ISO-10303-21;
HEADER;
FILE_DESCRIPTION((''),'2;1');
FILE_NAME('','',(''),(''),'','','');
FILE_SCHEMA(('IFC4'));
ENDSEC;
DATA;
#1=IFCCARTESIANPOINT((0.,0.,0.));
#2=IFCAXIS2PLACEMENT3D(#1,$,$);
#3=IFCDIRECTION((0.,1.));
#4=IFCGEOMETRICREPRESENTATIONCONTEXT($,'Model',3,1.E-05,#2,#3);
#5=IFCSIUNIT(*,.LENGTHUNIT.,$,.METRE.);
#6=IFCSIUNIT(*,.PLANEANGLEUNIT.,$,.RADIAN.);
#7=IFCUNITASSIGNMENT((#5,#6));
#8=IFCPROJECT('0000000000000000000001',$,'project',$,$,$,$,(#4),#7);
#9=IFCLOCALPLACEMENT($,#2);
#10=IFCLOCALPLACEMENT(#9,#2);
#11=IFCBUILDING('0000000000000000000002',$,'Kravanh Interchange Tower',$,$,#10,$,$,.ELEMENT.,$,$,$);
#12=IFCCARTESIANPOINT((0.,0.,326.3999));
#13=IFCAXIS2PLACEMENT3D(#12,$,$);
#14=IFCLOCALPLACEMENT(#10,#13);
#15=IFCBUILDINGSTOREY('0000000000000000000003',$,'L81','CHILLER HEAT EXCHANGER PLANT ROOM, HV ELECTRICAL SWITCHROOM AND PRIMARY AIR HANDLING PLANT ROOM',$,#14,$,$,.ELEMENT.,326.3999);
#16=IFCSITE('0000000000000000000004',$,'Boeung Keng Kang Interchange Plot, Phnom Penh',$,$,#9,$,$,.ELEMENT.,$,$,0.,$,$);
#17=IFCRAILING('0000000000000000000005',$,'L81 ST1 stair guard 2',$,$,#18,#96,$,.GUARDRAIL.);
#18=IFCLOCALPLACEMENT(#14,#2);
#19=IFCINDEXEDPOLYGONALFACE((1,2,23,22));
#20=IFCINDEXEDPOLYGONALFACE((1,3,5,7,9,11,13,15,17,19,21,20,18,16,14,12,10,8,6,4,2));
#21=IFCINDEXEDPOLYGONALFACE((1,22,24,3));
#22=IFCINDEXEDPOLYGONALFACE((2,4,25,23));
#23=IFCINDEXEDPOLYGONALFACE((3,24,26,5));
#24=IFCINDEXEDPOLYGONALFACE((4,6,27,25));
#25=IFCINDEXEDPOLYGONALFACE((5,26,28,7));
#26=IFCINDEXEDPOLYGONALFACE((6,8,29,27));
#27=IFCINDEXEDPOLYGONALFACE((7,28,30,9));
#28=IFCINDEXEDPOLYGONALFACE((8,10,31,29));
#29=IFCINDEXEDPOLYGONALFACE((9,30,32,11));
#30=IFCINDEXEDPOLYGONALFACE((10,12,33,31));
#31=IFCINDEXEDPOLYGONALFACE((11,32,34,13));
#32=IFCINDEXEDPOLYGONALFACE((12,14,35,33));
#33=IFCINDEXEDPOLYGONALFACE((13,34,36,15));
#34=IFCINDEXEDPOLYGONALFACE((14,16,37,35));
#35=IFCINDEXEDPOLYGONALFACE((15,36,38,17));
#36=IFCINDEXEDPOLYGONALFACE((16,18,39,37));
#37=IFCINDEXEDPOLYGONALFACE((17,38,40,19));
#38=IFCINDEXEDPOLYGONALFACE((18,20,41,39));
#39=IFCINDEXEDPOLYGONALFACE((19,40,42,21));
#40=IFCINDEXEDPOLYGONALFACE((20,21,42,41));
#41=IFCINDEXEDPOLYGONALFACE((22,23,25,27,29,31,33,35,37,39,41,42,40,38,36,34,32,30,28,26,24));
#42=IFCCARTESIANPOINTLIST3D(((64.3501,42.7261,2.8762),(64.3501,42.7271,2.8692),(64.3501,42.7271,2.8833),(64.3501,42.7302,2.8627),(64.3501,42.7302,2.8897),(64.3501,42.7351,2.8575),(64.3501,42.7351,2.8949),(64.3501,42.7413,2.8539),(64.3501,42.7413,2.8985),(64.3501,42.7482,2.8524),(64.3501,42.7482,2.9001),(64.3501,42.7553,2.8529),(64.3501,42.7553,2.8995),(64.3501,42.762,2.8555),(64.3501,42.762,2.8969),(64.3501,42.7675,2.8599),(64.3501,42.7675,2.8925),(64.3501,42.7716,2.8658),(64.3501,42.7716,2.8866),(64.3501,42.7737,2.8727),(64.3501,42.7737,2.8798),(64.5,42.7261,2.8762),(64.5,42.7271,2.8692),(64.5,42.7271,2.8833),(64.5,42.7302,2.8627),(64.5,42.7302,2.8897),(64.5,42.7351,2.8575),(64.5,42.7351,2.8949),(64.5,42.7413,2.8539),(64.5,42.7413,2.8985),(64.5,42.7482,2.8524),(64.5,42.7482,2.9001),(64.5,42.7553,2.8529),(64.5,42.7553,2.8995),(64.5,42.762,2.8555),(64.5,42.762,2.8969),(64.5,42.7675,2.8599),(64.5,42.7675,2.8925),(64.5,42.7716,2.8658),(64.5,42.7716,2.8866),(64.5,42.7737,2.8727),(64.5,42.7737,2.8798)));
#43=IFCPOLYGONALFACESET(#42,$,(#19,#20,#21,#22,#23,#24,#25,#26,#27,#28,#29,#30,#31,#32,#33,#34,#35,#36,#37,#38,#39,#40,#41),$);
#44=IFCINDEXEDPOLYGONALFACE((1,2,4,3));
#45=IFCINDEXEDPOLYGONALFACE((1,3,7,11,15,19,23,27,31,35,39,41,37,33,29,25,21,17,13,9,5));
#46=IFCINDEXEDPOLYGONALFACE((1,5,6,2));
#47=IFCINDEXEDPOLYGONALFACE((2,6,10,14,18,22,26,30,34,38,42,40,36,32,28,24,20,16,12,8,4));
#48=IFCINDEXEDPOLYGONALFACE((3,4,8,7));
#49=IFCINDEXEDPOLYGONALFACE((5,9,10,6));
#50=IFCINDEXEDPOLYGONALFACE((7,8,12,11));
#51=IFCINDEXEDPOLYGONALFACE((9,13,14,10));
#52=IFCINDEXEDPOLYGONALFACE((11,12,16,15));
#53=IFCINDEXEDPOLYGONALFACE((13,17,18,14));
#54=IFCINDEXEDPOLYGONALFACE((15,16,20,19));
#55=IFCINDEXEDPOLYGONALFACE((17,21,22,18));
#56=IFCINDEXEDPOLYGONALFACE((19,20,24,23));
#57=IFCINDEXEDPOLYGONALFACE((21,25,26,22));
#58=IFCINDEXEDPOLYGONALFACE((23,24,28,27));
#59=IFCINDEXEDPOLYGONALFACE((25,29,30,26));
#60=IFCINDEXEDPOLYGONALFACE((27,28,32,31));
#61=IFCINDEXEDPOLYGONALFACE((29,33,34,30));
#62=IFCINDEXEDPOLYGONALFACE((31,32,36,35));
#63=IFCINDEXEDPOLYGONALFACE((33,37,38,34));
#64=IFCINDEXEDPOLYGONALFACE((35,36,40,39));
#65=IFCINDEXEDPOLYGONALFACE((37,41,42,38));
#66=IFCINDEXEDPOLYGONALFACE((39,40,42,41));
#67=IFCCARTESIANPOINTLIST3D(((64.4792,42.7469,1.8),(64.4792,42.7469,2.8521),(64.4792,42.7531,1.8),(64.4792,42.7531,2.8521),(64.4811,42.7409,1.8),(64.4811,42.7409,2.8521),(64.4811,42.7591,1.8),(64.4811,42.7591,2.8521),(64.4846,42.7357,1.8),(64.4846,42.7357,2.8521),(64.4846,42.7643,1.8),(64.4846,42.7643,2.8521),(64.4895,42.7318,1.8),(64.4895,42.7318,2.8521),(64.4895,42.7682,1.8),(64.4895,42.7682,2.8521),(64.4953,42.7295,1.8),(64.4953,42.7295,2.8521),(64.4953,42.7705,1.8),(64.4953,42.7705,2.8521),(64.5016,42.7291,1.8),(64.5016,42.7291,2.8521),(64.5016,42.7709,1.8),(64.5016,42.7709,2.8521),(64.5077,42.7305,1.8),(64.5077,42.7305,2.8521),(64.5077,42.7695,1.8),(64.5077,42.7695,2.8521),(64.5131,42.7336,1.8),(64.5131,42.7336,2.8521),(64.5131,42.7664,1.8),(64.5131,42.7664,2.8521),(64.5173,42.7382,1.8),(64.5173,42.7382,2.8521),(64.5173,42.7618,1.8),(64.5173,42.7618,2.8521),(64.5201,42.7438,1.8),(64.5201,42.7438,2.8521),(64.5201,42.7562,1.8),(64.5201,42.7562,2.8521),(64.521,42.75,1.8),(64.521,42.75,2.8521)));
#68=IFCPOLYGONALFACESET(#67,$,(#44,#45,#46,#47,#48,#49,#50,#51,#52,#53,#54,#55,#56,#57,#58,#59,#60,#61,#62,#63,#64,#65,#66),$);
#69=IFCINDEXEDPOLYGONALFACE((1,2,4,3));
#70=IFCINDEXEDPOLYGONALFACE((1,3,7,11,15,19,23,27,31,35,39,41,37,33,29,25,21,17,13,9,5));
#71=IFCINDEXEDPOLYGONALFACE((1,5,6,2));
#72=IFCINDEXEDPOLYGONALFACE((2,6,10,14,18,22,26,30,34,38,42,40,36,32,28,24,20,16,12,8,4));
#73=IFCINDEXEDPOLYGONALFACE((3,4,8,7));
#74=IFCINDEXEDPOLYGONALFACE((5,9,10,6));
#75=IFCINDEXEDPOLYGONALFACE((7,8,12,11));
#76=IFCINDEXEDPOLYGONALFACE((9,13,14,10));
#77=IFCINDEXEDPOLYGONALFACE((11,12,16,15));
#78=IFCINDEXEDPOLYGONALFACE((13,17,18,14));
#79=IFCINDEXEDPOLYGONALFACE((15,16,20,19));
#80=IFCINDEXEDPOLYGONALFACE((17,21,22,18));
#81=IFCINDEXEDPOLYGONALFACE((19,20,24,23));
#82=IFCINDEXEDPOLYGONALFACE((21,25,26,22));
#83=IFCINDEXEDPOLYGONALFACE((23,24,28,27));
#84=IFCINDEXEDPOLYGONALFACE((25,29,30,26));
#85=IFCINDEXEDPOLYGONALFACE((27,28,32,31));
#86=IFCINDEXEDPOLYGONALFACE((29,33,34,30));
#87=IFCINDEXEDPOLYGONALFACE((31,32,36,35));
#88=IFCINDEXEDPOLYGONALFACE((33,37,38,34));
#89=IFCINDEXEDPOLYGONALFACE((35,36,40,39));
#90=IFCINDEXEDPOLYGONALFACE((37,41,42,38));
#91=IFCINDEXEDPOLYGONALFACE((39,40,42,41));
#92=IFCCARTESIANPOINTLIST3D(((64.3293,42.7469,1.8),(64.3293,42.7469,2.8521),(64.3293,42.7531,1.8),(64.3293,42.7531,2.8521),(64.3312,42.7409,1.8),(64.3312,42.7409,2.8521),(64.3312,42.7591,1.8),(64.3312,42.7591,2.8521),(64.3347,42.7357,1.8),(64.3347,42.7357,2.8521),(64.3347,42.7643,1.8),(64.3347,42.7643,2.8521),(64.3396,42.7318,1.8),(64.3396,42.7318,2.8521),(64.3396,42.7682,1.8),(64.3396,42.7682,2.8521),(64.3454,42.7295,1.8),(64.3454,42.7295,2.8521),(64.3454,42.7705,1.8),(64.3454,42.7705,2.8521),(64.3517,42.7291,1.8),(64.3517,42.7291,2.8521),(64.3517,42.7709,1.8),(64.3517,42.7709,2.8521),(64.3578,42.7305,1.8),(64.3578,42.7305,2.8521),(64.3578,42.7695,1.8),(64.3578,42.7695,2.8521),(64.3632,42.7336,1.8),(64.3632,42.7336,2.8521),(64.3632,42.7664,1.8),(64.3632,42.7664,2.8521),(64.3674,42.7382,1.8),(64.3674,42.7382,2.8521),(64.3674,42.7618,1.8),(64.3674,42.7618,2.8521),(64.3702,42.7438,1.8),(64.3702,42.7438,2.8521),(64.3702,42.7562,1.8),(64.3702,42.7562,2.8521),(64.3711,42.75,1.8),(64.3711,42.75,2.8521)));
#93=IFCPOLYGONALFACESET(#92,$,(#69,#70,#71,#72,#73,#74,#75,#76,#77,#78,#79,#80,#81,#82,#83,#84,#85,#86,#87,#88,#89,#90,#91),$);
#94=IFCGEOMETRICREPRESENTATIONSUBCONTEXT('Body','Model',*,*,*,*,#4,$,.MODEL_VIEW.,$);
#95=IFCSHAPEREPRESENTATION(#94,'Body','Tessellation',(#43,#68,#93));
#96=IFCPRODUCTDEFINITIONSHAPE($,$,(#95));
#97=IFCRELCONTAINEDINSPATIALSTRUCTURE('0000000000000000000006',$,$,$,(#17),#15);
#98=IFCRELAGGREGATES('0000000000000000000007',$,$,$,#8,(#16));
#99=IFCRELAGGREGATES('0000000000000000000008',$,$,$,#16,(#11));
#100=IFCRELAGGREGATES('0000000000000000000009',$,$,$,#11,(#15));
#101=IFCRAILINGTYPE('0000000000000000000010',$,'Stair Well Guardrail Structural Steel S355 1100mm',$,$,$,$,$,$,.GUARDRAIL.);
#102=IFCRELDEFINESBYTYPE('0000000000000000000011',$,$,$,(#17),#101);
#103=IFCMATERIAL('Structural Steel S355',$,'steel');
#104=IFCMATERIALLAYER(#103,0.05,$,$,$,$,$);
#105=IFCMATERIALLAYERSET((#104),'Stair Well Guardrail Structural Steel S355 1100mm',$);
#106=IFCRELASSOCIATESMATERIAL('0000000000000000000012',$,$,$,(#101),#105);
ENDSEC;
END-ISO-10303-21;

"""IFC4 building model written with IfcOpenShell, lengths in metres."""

from ifc_helpers import new_model, si_unit, direction, frame, origin, origin_2d, place, context, subcontext, project, spatial, circle, extrude, material, layer, layer_set, type_object, element, save


model = new_model("IFC4")

# Units and contexts
model_context = context("Model", 3, precision=1e-05, world=origin(), true_north=direction((0.0, 1.0)))
body_context = subcontext(model_context, "Body", "Model", "MODEL_VIEW")
ifc_project = project(units=[si_unit("LENGTHUNIT", "METRE"), si_unit("PLANEANGLEUNIT", "RADIAN")], contexts=[model_context])

# Site, building, storey
site_placement = place(None, origin())
site = spatial("IfcSite", under=ifc_project, at=site_placement, Name="Boeung Keng Kang Interchange Plot, Phnom Penh", CompositionType="ELEMENT", RefElevation=0.0)
building_placement = place(site_placement, origin())
building = spatial("IfcBuilding", under=site, at=building_placement, Name="Kravanh Interchange Tower", CompositionType="ELEMENT")
storey_placement = place(building_placement, frame((0.0, 0.0, 326.3999)))
storey = spatial("IfcBuildingStorey", under=building, at=storey_placement, Name="L81", Description="CHILLER HEAT EXCHANGER PLANT ROOM, HV ELECTRICAL SWITCHROOM AND PRIMARY AIR HANDLING PLANT ROOM", CompositionType="ELEMENT", Elevation=326.3999)

# Railing
ifc_material_1 = material(Name="Structural Steel S355", Category="steel")
ifc_layer_1 = layer(ifc_material_1, 0.05)
ifc_layer_set_1 = layer_set([ifc_layer_1], Name="Stair Well Guardrail Structural Steel S355 1100mm")
railing_type_1 = type_object("IfcRailingType", Name="Stair Well Guardrail Structural Steel S355 1100mm", PredefinedType="GUARDRAIL", material=ifc_layer_set_1)
railing_1_placement = place(storey_placement, frame((64.5, 42.75, 1.8)))
element("IfcRailing", 1, at=railing_1_placement, inside=storey, type_object=railing_type_1, Name="L81 ST1 stair guard 2", PredefinedType="GUARDRAIL", context=body_context, shape_type="SweptSolid", body=[
    extrude(circle(Radius=0.0239, at=origin_2d()), frame((0.0, 0.0, 1.0762), z_axis=(-1.0, 0.0, 0.0), x_axis=(0.0, -1.0, 0.0)), (0.0, 0.0, 1.0), 0.1499),
    extrude(circle(Radius=0.021, at=origin_2d()), origin(), (0.0, 0.0, 1.0), 1.052),
    extrude(circle(Radius=0.021, at=origin_2d()), frame((-0.1499, 0.0, 0.0)), (0.0, 0.0, 1.0), 1.052),
])

save(model, "model.ifc")
